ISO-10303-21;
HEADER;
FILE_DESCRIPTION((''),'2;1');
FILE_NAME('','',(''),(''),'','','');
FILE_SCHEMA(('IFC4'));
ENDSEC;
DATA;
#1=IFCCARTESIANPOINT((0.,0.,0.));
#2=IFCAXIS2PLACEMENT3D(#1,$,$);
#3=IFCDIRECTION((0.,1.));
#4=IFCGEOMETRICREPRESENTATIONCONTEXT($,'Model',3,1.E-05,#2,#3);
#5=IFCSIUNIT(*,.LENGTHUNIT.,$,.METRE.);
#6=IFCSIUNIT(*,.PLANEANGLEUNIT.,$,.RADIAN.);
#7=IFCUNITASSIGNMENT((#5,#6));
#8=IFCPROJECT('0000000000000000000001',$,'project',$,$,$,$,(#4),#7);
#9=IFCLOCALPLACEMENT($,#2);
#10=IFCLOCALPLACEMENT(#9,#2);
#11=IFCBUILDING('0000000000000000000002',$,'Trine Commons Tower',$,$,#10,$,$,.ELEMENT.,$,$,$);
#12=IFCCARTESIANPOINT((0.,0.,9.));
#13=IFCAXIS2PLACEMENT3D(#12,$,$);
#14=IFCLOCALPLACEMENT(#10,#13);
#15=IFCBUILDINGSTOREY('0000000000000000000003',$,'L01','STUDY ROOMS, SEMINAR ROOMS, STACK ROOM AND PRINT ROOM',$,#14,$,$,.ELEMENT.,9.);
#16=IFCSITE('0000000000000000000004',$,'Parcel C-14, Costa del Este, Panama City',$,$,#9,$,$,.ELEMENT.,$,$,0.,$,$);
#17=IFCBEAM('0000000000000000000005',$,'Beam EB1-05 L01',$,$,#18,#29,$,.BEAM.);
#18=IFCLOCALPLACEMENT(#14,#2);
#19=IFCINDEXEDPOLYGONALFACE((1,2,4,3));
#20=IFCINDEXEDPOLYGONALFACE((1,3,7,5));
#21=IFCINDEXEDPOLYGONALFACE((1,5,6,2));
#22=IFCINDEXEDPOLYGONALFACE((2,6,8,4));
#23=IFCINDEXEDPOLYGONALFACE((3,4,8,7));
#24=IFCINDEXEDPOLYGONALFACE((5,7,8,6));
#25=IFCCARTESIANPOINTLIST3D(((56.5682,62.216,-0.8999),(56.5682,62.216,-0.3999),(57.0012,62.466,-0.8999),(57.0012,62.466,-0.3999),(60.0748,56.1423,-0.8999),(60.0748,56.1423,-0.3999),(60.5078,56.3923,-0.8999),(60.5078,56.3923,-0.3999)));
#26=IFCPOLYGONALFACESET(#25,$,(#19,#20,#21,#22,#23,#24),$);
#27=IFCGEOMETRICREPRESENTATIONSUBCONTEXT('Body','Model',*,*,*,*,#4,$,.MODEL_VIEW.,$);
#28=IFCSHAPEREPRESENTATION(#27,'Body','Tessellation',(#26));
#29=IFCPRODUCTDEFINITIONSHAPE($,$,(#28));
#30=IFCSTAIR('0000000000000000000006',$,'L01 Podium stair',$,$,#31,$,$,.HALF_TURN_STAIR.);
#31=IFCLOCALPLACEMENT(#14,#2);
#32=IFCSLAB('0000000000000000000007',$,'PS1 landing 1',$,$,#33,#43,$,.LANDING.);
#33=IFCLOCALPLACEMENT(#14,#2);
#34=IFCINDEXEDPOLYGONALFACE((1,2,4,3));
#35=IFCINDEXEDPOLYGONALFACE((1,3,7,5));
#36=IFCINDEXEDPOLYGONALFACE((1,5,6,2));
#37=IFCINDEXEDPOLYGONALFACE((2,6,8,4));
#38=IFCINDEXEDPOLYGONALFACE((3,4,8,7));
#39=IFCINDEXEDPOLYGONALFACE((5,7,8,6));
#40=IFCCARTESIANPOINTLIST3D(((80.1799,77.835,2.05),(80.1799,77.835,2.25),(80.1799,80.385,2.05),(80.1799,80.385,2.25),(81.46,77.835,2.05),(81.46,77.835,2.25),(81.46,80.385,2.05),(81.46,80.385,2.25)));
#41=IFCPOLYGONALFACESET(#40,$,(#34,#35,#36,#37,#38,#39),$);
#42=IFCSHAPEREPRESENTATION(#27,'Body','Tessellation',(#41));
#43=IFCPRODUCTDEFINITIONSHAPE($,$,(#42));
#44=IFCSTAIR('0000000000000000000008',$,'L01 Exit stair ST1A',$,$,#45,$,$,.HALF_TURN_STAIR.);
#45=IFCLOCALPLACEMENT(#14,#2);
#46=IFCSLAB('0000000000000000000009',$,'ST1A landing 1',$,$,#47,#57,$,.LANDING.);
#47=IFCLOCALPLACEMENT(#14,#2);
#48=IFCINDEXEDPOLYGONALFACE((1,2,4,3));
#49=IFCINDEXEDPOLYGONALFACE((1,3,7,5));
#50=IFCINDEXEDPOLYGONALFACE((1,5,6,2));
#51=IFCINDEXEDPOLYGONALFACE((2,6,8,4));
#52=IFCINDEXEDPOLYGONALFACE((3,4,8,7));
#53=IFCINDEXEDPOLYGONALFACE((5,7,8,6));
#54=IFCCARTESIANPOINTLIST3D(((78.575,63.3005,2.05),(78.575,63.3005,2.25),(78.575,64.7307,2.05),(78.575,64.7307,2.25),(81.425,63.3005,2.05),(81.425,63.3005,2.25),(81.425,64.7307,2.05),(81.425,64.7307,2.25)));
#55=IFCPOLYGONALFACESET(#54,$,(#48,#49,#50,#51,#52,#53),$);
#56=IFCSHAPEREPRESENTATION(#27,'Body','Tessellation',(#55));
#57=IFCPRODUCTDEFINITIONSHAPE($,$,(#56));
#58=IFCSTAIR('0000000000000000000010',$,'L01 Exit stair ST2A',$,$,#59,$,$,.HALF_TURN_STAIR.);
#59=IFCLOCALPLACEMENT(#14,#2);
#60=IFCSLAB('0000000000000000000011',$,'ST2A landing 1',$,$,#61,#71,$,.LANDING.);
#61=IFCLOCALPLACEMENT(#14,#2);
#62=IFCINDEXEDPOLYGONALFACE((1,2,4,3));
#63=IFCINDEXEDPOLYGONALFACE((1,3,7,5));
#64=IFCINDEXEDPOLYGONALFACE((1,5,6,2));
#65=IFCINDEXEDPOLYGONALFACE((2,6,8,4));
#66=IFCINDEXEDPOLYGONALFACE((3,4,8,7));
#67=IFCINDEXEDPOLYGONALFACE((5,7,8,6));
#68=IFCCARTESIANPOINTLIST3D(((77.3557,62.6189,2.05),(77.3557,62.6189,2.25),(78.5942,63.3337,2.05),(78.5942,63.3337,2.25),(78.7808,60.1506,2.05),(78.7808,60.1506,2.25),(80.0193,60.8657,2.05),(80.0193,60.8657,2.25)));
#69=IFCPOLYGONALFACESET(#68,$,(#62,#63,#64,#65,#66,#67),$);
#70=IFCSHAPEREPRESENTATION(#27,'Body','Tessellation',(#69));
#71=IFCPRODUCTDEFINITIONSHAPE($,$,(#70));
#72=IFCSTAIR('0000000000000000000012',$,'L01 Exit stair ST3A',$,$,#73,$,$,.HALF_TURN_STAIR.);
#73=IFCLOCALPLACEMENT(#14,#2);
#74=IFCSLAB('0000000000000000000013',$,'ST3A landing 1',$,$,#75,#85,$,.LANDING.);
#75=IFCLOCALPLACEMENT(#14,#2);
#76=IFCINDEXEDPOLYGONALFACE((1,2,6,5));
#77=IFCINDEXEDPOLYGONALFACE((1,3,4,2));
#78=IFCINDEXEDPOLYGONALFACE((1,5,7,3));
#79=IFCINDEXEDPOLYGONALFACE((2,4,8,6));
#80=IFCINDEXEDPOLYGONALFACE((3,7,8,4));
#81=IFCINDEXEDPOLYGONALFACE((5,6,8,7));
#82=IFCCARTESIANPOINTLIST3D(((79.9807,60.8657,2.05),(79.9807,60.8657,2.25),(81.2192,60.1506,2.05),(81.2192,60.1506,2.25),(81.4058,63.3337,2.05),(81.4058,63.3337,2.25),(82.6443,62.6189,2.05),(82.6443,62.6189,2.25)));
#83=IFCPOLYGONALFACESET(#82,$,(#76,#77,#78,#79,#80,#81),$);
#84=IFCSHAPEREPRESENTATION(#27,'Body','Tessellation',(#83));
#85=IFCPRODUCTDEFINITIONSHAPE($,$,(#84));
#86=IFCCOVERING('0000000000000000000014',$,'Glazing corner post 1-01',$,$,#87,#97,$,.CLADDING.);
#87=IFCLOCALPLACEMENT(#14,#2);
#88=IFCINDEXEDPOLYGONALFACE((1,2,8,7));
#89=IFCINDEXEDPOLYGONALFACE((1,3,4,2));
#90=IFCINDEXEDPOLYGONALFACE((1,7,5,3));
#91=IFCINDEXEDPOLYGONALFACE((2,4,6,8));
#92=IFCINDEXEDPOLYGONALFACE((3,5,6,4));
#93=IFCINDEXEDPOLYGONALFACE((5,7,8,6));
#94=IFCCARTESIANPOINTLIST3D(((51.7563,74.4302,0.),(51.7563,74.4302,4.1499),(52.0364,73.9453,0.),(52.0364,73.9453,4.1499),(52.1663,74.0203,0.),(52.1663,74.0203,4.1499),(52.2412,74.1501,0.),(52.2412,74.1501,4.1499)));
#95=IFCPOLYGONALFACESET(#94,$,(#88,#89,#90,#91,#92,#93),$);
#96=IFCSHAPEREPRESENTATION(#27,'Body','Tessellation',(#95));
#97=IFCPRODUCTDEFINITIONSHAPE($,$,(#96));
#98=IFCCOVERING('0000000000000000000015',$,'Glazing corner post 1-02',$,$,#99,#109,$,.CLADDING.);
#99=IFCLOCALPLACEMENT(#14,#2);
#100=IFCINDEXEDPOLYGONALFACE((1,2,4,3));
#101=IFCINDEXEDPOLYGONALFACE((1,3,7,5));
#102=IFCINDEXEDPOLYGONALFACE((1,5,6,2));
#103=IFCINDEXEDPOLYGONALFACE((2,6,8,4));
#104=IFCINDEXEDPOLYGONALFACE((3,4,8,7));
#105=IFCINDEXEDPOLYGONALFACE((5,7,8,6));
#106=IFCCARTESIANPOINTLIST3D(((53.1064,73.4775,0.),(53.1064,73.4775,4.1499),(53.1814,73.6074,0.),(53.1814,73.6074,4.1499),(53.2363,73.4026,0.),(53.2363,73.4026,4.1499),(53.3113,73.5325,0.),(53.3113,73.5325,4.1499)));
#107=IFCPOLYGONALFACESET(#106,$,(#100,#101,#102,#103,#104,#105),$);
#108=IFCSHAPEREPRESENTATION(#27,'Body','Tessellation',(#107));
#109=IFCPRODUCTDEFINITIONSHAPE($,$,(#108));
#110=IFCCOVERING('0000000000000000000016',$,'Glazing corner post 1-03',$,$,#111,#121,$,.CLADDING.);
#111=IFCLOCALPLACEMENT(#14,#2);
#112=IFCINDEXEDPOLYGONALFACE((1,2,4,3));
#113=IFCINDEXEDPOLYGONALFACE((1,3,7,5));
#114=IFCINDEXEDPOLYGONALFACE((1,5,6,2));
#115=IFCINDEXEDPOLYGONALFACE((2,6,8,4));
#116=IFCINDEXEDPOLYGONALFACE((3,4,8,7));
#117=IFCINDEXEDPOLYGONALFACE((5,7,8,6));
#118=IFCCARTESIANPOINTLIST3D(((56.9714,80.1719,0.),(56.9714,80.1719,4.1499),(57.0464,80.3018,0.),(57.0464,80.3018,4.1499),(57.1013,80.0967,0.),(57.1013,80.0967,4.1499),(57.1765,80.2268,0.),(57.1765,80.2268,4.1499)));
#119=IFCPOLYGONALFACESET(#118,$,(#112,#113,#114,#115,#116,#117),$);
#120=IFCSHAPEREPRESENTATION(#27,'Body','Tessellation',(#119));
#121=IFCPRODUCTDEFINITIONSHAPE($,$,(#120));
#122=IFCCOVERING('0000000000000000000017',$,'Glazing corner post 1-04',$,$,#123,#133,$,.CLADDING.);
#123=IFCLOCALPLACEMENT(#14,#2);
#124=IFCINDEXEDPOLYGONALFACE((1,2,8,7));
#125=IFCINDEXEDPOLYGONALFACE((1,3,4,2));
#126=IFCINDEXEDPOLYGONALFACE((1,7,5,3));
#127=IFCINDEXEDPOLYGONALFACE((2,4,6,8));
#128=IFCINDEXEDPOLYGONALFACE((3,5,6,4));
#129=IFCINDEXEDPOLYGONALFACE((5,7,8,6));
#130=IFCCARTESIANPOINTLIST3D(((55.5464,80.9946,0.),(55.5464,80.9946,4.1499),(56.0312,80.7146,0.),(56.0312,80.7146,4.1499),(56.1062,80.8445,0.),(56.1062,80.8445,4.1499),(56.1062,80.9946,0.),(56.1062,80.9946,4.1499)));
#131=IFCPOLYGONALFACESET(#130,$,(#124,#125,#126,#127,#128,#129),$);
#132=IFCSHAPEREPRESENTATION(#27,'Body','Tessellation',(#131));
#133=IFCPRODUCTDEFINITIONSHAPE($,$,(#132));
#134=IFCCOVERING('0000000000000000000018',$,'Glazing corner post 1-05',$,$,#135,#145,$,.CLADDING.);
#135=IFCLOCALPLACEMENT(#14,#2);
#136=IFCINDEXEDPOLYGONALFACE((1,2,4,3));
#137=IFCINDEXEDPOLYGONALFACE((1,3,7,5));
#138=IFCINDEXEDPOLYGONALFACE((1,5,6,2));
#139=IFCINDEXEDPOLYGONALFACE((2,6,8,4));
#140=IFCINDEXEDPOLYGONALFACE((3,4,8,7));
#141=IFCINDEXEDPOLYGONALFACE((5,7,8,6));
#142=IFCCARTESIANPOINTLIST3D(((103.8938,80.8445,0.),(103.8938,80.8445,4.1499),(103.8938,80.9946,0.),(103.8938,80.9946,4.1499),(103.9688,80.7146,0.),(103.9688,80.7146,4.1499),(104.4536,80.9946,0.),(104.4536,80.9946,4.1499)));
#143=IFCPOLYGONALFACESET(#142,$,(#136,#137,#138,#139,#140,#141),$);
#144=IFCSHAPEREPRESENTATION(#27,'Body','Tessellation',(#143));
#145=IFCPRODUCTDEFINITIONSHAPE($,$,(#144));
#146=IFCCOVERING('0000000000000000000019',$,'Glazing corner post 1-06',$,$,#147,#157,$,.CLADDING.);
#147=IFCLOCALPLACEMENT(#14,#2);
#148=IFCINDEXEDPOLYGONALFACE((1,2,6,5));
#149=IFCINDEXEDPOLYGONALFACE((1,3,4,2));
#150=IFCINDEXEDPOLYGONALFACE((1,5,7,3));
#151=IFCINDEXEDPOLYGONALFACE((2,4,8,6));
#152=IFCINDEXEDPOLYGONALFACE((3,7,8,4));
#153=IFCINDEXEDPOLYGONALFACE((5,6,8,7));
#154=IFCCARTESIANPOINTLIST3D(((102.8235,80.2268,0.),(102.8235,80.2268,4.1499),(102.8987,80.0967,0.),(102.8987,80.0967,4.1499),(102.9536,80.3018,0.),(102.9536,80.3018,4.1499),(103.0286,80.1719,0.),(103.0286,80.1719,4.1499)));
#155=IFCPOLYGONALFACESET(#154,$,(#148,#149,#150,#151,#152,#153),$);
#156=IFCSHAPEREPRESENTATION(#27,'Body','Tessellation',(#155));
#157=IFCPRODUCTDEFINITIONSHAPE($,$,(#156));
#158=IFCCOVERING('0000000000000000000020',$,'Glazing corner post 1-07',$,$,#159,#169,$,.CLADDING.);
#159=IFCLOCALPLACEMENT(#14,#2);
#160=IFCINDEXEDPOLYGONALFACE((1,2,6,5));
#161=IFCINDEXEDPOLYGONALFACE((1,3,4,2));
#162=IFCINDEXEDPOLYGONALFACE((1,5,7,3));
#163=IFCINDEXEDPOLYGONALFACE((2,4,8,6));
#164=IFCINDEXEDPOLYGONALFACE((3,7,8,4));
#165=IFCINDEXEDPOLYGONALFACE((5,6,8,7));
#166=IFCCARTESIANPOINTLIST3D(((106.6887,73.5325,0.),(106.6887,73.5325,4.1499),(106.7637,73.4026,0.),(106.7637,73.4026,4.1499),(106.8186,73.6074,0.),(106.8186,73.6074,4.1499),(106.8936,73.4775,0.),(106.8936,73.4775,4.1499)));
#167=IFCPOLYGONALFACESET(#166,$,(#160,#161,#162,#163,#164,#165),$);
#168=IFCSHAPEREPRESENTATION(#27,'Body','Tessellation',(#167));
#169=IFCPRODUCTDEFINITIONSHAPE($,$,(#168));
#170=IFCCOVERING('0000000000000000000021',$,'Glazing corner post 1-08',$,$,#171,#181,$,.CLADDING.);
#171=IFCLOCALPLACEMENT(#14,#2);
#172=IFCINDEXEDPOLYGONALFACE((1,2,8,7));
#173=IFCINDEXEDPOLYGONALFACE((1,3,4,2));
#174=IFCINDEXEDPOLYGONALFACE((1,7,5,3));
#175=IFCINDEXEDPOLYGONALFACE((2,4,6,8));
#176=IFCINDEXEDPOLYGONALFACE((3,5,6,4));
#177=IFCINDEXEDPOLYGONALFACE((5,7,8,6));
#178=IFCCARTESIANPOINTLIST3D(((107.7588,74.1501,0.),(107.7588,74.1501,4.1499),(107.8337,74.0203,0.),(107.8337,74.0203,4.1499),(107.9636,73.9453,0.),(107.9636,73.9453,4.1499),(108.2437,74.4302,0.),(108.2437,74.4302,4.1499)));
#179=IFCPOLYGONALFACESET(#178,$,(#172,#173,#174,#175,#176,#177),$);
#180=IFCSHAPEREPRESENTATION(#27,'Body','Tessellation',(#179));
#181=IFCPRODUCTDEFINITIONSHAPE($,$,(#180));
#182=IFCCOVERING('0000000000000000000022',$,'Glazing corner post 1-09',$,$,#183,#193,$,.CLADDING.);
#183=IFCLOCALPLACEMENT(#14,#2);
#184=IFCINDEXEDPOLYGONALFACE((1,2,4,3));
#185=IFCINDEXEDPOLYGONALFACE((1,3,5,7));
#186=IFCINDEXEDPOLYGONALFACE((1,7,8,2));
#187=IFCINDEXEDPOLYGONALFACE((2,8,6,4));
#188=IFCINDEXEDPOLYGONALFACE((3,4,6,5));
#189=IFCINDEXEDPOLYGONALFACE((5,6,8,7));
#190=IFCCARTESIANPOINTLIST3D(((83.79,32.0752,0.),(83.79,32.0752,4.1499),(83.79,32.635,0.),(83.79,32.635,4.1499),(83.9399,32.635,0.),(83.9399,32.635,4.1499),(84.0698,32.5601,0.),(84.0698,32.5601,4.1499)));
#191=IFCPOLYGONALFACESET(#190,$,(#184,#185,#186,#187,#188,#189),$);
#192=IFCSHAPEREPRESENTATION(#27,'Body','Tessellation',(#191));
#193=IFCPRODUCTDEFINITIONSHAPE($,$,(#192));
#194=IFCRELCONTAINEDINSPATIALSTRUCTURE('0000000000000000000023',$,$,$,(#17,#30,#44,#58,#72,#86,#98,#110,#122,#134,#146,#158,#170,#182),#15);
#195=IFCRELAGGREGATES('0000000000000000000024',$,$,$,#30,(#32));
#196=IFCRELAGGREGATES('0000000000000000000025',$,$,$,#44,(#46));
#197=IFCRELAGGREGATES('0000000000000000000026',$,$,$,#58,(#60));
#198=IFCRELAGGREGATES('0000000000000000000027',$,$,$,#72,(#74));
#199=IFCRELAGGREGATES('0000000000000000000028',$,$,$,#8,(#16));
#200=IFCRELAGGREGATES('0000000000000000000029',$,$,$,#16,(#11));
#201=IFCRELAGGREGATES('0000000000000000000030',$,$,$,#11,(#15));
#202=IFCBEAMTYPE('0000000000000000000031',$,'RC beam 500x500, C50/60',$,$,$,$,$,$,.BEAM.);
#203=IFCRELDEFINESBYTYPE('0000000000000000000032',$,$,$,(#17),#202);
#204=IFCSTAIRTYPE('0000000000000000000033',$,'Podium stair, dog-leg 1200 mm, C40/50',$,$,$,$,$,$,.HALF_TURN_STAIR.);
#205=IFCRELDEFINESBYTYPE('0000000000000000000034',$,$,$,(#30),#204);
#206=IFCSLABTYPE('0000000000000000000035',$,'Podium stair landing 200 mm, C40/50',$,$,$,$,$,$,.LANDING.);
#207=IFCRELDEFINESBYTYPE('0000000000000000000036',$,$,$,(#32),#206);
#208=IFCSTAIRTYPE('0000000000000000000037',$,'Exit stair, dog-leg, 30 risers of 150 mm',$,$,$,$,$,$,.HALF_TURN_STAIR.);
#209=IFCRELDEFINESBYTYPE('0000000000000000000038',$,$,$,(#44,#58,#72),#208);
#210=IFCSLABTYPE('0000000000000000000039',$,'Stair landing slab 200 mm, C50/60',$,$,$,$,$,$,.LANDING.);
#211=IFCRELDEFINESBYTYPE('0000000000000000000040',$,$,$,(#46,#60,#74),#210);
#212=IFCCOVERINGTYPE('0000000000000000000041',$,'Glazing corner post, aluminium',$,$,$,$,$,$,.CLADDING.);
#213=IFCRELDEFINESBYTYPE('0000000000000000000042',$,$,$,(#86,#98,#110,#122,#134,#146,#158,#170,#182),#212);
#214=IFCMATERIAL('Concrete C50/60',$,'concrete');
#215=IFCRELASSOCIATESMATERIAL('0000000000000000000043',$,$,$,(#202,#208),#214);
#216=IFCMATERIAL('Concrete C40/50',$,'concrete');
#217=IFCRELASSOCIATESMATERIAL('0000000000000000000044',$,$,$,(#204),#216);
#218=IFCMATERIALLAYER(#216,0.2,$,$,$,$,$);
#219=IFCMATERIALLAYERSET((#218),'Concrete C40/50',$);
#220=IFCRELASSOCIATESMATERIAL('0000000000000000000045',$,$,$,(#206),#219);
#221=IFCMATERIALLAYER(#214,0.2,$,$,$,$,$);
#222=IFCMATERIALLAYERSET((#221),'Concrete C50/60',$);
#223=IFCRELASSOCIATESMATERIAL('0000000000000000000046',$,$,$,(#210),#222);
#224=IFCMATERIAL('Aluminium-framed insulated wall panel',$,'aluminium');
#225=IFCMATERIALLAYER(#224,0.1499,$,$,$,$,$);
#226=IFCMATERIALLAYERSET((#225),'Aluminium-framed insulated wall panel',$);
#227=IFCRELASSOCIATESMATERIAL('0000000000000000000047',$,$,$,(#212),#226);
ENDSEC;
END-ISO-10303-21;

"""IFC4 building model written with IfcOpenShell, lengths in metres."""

from ifc_helpers import new_model, si_unit, direction, frame, origin, origin_2d, place, context, subcontext, project, spatial, polyline, rectangle, outline, extrude, material, layer, layer_set, material_profile, profile_set, type_object, element, aggregate, save


model = new_model("IFC4")

# Units and contexts
model_context = context("Model", 3, precision=1e-05, world=origin(), true_north=direction((0.0, 1.0)))
body_context = subcontext(model_context, "Body", "Model", "MODEL_VIEW")
ifc_project = project(units=[si_unit("LENGTHUNIT", "METRE"), si_unit("PLANEANGLEUNIT", "RADIAN")], contexts=[model_context])

# Site, building, storey
site_placement = place(None, origin())
site = spatial("IfcSite", under=ifc_project, at=site_placement, Name="Parcel C-14, Costa del Este, Panama City", CompositionType="ELEMENT", RefElevation=0.0)
building_placement = place(site_placement, origin())
building = spatial("IfcBuilding", under=site, at=building_placement, Name="Trine Commons Tower", CompositionType="ELEMENT")
storey_placement = place(building_placement, frame((0.0, 0.0, 9.0)))
storey = spatial("IfcBuildingStorey", under=building, at=storey_placement, Name="L01", Description="STUDY ROOMS, SEMINAR ROOMS, STACK ROOM AND PRINT ROOM", CompositionType="ELEMENT", Elevation=9.0)

# Beam
ifc_material_1 = material(Name="Concrete C50/60", Category="concrete")
ifc_material_profile = material_profile(ifc_material_1, rectangle(XDim=0.5, YDim=0.5, at=origin_2d()), Name="RC 500x500")
ifc_profile_set = profile_set([ifc_material_profile], Name="Concrete C50/60")
beam_type = type_object("IfcBeamType", Name="RC beam 500x500, C50/60", PredefinedType="BEAM", material=ifc_profile_set)
beam_placement = place(storey_placement, frame((60.2913, 56.2673, -0.6499), z_axis=(-0.499992, 0.86603, 0.0), x_axis=(-0.86603, -0.499992, 0.0)))
element("IfcBeam", 1, at=beam_placement, inside=storey, type_object=beam_type, Name="Beam EB1-05 L01", PredefinedType="BEAM", context=body_context, shape_type="SweptSolid", body=[
    extrude(rectangle(XDim=0.5, YDim=0.5, at=origin_2d()), origin(), (0.0, 0.0, 1.0), 7.0132),
])

# Stairs, slabs
ifc_material_2 = material(Name="Concrete C40/50", Category="concrete")
stair_type_1 = type_object("IfcStairType", Name="Podium stair, dog-leg 1200 mm, C40/50", PredefinedType="HALF_TURN_STAIR", material=ifc_material_2)
stair_1_placement = place(storey_placement, origin())
stair_1 = element("IfcStair", 2, at=stair_1_placement, inside=storey, type_object=stair_type_1, Name="L01 Podium stair", PredefinedType="HALF_TURN_STAIR")
ifc_layer_1 = layer(ifc_material_2, 0.2)
ifc_layer_set_1 = layer_set([ifc_layer_1], Name="Concrete C40/50")
slab_type_1 = type_object("IfcSlabType", Name="Podium stair landing 200 mm, C40/50", PredefinedType="LANDING", material=ifc_layer_set_1)
slab_1_placement = place(storey_placement, frame((0.0, 0.0, 2.05)))
slab_1 = element("IfcSlab", 3, at=slab_1_placement, type_object=slab_type_1, Name="PS1 landing 1", PredefinedType="LANDING", context=body_context, shape_type="SweptSolid", body=[
    extrude(outline(polyline([(80.1799, 77.835), (81.46, 77.835), (81.46, 80.385), (80.1799, 80.385), (80.1799, 77.835)])), origin(), (0.0, 0.0, 1.0), 0.2),
])
aggregate(stair_1, [slab_1])
stair_type_2 = type_object("IfcStairType", Name="Exit stair, dog-leg, 30 risers of 150 mm", PredefinedType="HALF_TURN_STAIR", material=ifc_material_1)
stair_2_placement = place(storey_placement, origin())
stair_2 = element("IfcStair", 4, at=stair_2_placement, inside=storey, type_object=stair_type_2, Name="L01 Exit stair ST1A", PredefinedType="HALF_TURN_STAIR")
ifc_layer_2 = layer(ifc_material_1, 0.2)
ifc_layer_set_2 = layer_set([ifc_layer_2], Name="Concrete C50/60")
slab_type_2 = type_object("IfcSlabType", Name="Stair landing slab 200 mm, C50/60", PredefinedType="LANDING", material=ifc_layer_set_2)
slab_2_placement = place(storey_placement, frame((0.0, 0.0, 2.05)))
slab_2 = element("IfcSlab", 5, at=slab_2_placement, type_object=slab_type_2, Name="ST1A landing 1", PredefinedType="LANDING", context=body_context, shape_type="SweptSolid", body=[
    extrude(outline(polyline([(78.575, 64.7307), (78.575, 63.3005), (81.425, 63.3005), (81.425, 64.7307), (78.575, 64.7307)])), origin(), (0.0, 0.0, 1.0), 0.2),
])
aggregate(stair_2, [slab_2])
stair_3_placement = place(storey_placement, origin())
stair_3 = element("IfcStair", 6, at=stair_3_placement, inside=storey, type_object=stair_type_2, Name="L01 Exit stair ST2A", PredefinedType="HALF_TURN_STAIR")
slab_3_placement = place(storey_placement, frame((0.0, 0.0, 2.05)))
slab_3 = element("IfcSlab", 7, at=slab_3_placement, type_object=slab_type_2, Name="ST2A landing 1", PredefinedType="LANDING", context=body_context, shape_type="SweptSolid", body=[
    extrude(outline(polyline([(78.7808, 60.1506), (80.0193, 60.8657), (78.5942, 63.3337), (77.3557, 62.6189), (78.7808, 60.1506)])), origin(), (0.0, 0.0, 1.0), 0.2),
])
aggregate(stair_3, [slab_3])
stair_4_placement = place(storey_placement, origin())
stair_4 = element("IfcStair", 8, at=stair_4_placement, inside=storey, type_object=stair_type_2, Name="L01 Exit stair ST3A", PredefinedType="HALF_TURN_STAIR")
slab_4_placement = place(storey_placement, frame((0.0, 0.0, 2.05)))
slab_4 = element("IfcSlab", 9, at=slab_4_placement, type_object=slab_type_2, Name="ST3A landing 1", PredefinedType="LANDING", context=body_context, shape_type="SweptSolid", body=[
    extrude(outline(polyline([(82.6443, 62.6189), (81.4058, 63.3337), (79.9807, 60.8657), (81.2192, 60.1506), (82.6443, 62.6189)])), origin(), (0.0, 0.0, 1.0), 0.2),
])
aggregate(stair_4, [slab_4])

# Coverings
ifc_material_3 = material(Name="Aluminium-framed insulated wall panel", Category="aluminium")
ifc_layer_3 = layer(ifc_material_3, 0.1499)
ifc_layer_set_3 = layer_set([ifc_layer_3], Name="Aluminium-framed insulated wall panel")
covering_type_1 = type_object("IfcCoveringType", Name="Glazing corner post, aluminium", PredefinedType="CLADDING", material=ifc_layer_set_3)
covering_1_placement = place(storey_placement, origin())
element("IfcCovering", 10, at=covering_1_placement, inside=storey, type_object=covering_type_1, Name="Glazing corner post 1-01", PredefinedType="CLADDING", context=body_context, shape_type="SweptSolid", body=[
    extrude(outline(polyline([(51.7563, 74.4302), (51.7563, 74.4302), (52.0364, 73.9453), (52.1663, 74.0203), (52.1663, 74.0203), (52.1663, 74.0203), (52.1663, 74.0203), (52.2412, 74.1501), (51.7563, 74.4302)])), origin(), (0.0, 0.0, 1.0), 4.1499),
])
covering_2_placement = place(storey_placement, origin())
element("IfcCovering", 11, at=covering_2_placement, inside=storey, type_object=covering_type_1, Name="Glazing corner post 1-02", PredefinedType="CLADDING", context=body_context, shape_type="SweptSolid", body=[
    extrude(outline(polyline([(53.1064, 73.4775), (53.2363, 73.4026), (53.3113, 73.5325), (53.1814, 73.6074), (53.1064, 73.4775)])), origin(), (0.0, 0.0, 1.0), 4.1499),
])
covering_3_placement = place(storey_placement, origin())
element("IfcCovering", 12, at=covering_3_placement, inside=storey, type_object=covering_type_1, Name="Glazing corner post 1-03", PredefinedType="CLADDING", context=body_context, shape_type="SweptSolid", body=[
    extrude(outline(polyline([(57.1013, 80.0967), (57.1765, 80.2268), (57.0464, 80.3018), (56.9714, 80.1719), (57.1013, 80.0967)])), origin(), (0.0, 0.0, 1.0), 4.1499),
])
covering_4_placement = place(storey_placement, origin())
element("IfcCovering", 13, at=covering_4_placement, inside=storey, type_object=covering_type_1, Name="Glazing corner post 1-04", PredefinedType="CLADDING", context=body_context, shape_type="SweptSolid", body=[
    extrude(outline(polyline([(56.0312, 80.7146), (56.1062, 80.8445), (56.1062, 80.9946), (55.5464, 80.9946), (56.0312, 80.7146)])), origin(), (0.0, 0.0, 1.0), 4.1499),
])
covering_5_placement = place(storey_placement, origin())
element("IfcCovering", 14, at=covering_5_placement, inside=storey, type_object=covering_type_1, Name="Glazing corner post 1-05", PredefinedType="CLADDING", context=body_context, shape_type="SweptSolid", body=[
    extrude(outline(polyline([(103.9688, 80.7146), (104.4536, 80.9946), (103.8938, 80.9946), (103.8938, 80.8445), (103.9688, 80.7146)])), origin(), (0.0, 0.0, 1.0), 4.1499),
])
covering_6_placement = place(storey_placement, origin())
element("IfcCovering", 15, at=covering_6_placement, inside=storey, type_object=covering_type_1, Name="Glazing corner post 1-06", PredefinedType="CLADDING", context=body_context, shape_type="SweptSolid", body=[
    extrude(outline(polyline([(102.8987, 80.0967), (103.0286, 80.1719), (102.9536, 80.3018), (102.8235, 80.2268), (102.8987, 80.0967)])), origin(), (0.0, 0.0, 1.0), 4.1499),
])
covering_7_placement = place(storey_placement, origin())
element("IfcCovering", 16, at=covering_7_placement, inside=storey, type_object=covering_type_1, Name="Glazing corner post 1-07", PredefinedType="CLADDING", context=body_context, shape_type="SweptSolid", body=[
    extrude(outline(polyline([(106.6887, 73.5325), (106.7637, 73.4026), (106.8936, 73.4775), (106.8186, 73.6074), (106.6887, 73.5325)])), origin(), (0.0, 0.0, 1.0), 4.1499),
])
covering_8_placement = place(storey_placement, origin())
element("IfcCovering", 17, at=covering_8_placement, inside=storey, type_object=covering_type_1, Name="Glazing corner post 1-08", PredefinedType="CLADDING", context=body_context, shape_type="SweptSolid", body=[
    extrude(outline(polyline([(107.9636, 73.9453), (108.2437, 74.4302), (107.7588, 74.1501), (107.8337, 74.0203), (107.9636, 73.9453)])), origin(), (0.0, 0.0, 1.0), 4.1499),
])
covering_9_placement = place(storey_placement, origin())
element("IfcCovering", 18, at=covering_9_placement, inside=storey, type_object=covering_type_1, Name="Glazing corner post 1-09", PredefinedType="CLADDING", context=body_context, shape_type="SweptSolid", body=[
    extrude(outline(polyline([(83.79, 32.635), (83.79, 32.0752), (84.0698, 32.5601), (83.9399, 32.635), (83.9399, 32.635), (83.79, 32.635)])), origin(), (0.0, 0.0, 1.0), 4.1499),
])

save(model, "model.ifc")
